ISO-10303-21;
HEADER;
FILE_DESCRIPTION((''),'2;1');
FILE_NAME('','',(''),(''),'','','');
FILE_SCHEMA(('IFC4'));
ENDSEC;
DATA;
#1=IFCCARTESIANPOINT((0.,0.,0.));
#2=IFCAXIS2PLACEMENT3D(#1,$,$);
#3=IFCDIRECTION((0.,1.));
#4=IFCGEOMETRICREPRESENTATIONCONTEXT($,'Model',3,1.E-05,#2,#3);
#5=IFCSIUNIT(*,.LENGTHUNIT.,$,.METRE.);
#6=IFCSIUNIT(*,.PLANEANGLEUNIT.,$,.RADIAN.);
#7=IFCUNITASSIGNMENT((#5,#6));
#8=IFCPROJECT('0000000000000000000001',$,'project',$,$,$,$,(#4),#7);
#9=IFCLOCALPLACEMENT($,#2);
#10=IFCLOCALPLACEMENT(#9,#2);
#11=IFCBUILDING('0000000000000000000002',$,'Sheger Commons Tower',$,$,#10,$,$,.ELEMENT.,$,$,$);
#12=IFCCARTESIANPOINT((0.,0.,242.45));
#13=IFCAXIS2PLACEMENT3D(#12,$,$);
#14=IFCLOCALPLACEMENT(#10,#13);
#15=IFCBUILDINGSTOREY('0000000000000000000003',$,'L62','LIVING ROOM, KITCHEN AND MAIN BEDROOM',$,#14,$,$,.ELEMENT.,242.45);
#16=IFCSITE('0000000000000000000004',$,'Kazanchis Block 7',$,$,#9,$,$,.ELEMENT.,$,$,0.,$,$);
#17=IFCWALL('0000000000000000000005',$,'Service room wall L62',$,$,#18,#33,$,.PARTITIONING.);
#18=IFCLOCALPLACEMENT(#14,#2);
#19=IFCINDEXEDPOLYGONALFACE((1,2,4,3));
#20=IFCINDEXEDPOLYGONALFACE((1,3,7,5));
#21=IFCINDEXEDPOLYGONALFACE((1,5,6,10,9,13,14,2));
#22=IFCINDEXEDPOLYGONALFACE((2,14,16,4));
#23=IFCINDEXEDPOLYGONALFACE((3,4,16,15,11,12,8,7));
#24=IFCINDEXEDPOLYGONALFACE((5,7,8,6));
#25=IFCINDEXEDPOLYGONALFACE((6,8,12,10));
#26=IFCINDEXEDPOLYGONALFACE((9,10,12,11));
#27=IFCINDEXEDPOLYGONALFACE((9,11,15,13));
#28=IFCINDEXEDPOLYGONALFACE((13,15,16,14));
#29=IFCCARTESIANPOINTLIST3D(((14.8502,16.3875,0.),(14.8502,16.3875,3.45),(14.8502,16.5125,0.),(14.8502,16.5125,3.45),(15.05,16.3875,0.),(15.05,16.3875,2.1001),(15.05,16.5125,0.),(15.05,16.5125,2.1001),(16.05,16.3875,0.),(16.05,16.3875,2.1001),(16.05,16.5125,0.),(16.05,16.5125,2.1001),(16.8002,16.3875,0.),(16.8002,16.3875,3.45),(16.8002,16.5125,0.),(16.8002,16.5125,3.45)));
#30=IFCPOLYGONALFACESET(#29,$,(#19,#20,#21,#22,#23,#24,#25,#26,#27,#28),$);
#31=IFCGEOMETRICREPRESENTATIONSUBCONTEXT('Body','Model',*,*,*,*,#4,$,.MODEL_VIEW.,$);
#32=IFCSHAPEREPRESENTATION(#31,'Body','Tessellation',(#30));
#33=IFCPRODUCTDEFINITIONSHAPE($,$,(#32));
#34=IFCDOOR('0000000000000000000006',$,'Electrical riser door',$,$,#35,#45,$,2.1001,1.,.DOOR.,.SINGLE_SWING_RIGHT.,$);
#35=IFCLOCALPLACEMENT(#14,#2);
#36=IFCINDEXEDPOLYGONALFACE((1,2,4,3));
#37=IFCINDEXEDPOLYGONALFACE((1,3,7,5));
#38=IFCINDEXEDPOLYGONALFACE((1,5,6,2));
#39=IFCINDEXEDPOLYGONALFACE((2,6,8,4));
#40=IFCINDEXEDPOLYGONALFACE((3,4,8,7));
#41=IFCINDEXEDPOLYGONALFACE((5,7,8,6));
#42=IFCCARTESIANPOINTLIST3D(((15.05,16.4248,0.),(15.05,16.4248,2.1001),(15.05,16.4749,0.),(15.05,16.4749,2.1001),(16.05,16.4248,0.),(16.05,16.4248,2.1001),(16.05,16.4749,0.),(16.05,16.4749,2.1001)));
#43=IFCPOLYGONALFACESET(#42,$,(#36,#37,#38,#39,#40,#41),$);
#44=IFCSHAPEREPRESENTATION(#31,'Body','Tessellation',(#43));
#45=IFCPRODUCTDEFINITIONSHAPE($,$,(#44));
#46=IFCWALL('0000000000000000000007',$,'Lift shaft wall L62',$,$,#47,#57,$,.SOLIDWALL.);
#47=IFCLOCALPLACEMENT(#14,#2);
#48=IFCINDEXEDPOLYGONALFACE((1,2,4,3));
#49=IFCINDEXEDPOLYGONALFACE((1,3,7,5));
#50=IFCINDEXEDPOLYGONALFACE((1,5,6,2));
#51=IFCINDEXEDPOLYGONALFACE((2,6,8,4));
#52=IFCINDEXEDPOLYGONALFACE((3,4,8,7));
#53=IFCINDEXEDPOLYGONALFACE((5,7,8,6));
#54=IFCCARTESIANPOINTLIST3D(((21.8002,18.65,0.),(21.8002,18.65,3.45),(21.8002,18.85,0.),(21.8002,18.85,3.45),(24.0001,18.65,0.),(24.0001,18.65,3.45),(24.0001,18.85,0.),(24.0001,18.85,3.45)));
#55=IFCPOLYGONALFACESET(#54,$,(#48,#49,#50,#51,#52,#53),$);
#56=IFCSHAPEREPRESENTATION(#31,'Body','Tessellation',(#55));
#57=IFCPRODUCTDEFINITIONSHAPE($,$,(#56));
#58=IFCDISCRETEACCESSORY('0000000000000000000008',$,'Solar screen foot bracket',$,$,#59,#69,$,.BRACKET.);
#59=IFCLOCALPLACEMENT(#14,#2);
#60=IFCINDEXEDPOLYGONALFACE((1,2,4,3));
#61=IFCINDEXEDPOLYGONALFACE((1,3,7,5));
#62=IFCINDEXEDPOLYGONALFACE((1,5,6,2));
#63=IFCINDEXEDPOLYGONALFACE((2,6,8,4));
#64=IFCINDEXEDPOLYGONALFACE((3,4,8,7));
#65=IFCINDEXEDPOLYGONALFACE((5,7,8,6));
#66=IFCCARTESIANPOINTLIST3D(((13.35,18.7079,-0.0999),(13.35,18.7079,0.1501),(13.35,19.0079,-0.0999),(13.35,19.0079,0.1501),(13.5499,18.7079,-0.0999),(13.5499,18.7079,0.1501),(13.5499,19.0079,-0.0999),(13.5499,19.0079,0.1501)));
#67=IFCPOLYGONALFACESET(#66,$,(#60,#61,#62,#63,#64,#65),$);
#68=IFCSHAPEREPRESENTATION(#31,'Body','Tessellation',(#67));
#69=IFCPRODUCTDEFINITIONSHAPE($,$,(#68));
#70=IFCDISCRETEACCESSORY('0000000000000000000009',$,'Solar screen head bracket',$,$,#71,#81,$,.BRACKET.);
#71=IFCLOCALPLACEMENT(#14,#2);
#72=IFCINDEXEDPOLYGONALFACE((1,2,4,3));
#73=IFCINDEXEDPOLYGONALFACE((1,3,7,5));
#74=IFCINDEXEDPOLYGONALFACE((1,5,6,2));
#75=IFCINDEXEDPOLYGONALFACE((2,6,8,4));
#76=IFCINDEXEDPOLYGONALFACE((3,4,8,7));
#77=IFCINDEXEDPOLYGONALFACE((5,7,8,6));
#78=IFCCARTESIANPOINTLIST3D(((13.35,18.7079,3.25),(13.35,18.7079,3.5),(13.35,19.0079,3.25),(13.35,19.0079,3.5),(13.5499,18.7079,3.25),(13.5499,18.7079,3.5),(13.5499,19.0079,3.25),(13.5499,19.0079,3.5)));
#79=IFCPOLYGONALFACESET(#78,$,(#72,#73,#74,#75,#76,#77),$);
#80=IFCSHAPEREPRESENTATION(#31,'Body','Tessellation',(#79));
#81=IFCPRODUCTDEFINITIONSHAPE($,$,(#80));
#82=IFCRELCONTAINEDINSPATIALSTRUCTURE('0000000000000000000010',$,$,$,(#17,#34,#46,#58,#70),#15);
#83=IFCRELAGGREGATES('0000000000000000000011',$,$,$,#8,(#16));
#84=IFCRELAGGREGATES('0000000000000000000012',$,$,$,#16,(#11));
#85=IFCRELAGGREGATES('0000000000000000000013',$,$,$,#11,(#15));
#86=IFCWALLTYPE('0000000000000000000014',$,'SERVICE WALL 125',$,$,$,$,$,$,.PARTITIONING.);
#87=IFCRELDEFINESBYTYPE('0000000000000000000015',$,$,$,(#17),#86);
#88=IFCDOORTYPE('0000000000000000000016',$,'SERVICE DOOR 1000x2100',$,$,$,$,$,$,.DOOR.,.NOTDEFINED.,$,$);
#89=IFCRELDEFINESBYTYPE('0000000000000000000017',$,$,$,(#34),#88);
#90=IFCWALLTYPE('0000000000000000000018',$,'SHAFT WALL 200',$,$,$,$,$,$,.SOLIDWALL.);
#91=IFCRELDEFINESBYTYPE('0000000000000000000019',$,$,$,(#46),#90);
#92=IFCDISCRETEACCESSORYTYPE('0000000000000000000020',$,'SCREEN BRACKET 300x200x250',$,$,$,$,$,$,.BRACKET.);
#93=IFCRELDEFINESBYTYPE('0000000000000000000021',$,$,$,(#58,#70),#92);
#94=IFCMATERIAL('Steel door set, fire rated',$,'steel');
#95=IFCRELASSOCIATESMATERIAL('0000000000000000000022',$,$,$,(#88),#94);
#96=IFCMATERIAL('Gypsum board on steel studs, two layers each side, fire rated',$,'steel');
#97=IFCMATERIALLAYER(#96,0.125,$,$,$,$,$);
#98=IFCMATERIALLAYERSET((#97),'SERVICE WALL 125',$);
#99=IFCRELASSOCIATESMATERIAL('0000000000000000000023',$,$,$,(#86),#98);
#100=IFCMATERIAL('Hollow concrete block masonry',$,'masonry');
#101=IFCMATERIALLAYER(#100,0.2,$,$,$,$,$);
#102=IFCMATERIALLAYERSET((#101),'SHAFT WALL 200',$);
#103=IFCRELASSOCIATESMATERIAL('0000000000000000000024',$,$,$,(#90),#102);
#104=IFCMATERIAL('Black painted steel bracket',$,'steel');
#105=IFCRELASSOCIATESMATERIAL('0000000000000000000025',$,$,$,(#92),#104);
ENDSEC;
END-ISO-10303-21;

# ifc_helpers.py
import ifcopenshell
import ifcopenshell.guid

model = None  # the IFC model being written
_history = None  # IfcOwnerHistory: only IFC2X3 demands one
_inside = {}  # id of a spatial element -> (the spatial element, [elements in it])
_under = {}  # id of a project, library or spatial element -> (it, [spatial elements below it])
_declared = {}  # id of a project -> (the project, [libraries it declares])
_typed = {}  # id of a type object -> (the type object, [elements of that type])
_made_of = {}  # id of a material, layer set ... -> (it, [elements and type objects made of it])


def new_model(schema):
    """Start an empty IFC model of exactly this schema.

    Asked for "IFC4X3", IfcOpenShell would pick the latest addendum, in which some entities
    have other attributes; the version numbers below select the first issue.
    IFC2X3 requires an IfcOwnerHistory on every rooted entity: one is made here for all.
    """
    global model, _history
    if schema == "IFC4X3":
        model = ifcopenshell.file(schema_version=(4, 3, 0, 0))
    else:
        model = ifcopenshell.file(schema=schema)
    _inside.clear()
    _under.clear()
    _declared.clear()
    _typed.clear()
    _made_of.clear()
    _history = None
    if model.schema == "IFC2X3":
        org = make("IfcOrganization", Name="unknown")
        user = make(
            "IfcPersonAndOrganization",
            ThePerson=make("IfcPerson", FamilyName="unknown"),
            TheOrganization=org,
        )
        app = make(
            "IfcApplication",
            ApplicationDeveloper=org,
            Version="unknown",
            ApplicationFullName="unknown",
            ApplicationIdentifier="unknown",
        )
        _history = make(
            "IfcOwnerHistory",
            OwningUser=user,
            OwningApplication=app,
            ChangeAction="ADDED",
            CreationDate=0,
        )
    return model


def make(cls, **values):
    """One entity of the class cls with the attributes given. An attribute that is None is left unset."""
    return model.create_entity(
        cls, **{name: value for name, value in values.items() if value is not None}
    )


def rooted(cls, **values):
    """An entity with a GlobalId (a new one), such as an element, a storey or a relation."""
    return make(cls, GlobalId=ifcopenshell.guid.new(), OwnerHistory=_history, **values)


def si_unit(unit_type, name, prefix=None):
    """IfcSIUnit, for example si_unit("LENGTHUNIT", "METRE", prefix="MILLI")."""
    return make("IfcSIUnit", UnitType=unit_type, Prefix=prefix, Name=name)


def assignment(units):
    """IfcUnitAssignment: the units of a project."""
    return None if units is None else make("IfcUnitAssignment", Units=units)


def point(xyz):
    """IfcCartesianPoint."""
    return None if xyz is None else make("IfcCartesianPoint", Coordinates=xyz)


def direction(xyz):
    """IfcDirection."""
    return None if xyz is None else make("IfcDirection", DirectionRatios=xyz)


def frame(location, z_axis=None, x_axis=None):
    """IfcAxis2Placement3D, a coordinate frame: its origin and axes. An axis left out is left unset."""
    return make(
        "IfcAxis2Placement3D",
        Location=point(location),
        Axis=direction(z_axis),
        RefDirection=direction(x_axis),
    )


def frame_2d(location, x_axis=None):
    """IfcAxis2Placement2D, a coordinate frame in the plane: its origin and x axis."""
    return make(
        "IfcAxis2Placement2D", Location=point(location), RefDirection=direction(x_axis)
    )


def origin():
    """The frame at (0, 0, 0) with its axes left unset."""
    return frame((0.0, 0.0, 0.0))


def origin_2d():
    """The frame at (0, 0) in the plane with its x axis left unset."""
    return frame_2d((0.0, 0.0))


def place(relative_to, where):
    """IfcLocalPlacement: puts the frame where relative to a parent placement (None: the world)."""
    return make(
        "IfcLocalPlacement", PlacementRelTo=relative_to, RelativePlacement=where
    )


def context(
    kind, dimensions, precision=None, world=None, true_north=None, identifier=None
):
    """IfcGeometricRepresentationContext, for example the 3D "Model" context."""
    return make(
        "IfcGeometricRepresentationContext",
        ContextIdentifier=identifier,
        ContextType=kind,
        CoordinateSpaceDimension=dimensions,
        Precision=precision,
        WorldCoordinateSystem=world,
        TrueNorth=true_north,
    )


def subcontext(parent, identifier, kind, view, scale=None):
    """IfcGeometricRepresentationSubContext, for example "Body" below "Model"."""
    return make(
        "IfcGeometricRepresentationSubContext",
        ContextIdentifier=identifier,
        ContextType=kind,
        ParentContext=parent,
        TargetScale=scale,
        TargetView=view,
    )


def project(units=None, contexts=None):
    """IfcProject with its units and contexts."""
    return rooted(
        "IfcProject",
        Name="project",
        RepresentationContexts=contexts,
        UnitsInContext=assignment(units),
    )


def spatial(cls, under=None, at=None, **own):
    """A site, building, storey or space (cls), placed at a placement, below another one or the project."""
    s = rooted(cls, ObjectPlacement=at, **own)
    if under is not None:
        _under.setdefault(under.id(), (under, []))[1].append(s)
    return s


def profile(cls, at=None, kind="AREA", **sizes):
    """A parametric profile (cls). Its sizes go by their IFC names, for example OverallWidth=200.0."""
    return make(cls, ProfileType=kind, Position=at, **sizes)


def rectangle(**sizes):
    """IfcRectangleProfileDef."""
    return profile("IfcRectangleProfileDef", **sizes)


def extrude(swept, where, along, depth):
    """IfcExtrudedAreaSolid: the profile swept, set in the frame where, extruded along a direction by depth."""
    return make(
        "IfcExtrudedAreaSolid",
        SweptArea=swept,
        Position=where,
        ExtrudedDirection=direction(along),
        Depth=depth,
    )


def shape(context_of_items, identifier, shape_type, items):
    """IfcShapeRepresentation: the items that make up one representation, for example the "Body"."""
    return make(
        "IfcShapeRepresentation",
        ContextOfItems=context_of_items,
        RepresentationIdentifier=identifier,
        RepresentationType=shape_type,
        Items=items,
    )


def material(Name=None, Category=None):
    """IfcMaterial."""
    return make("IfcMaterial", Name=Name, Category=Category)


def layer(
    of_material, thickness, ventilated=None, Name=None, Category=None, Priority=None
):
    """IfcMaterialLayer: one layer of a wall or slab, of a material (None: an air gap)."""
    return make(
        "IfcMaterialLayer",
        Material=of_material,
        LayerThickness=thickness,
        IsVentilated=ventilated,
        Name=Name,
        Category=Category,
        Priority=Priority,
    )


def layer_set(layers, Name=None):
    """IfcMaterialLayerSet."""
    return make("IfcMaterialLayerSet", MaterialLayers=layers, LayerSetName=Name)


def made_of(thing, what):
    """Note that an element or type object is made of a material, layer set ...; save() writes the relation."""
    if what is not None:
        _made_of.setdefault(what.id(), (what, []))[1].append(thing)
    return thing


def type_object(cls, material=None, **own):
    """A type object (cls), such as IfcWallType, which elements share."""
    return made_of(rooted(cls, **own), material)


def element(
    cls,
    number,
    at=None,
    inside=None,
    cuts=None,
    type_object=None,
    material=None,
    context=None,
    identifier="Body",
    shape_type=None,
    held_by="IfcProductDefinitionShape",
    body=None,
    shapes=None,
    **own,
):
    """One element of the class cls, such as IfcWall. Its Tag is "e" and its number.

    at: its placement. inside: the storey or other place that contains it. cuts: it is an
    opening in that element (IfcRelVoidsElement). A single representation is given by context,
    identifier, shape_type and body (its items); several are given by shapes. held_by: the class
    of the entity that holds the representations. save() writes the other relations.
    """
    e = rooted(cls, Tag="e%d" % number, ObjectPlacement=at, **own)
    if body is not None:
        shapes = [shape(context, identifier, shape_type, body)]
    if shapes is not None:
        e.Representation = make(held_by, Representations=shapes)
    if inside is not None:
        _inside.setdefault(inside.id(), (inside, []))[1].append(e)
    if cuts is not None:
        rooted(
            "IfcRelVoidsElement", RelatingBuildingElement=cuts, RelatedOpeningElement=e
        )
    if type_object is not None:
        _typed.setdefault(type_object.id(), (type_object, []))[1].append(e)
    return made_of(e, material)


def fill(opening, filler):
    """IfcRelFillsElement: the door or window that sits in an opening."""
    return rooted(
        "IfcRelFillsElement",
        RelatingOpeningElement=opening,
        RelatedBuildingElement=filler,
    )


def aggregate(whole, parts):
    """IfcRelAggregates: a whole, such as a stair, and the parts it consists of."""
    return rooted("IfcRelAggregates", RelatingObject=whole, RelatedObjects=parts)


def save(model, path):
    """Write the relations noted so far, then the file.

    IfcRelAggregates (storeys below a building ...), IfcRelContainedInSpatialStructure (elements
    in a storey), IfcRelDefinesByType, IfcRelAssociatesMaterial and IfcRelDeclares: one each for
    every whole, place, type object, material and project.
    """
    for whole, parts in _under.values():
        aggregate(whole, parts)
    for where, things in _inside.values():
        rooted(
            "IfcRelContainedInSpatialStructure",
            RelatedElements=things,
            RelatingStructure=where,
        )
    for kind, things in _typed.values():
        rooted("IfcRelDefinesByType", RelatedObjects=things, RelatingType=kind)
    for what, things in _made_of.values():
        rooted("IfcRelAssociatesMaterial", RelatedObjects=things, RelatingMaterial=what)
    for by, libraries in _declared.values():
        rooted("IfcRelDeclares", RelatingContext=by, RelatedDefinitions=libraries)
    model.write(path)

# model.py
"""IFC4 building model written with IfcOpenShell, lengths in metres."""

from ifc_helpers import new_model, si_unit, direction, frame, frame_2d, origin, origin_2d, place, context, subcontext, project, spatial, rectangle, extrude, material, layer, layer_set, type_object, element, fill, save


model = new_model("IFC4")

# Units and contexts
model_context = context("Model", 3, precision=1e-05, world=origin(), true_north=direction((0.0, 1.0)))
body_context = subcontext(model_context, "Body", "Model", "MODEL_VIEW")
ifc_project = project(units=[si_unit("LENGTHUNIT", "METRE"), si_unit("PLANEANGLEUNIT", "RADIAN")], contexts=[model_context])

# Site, building, storey
site_placement = place(None, origin())
site = spatial("IfcSite", under=ifc_project, at=site_placement, Name="Kazanchis Block 7", CompositionType="ELEMENT", RefElevation=0.0)
building_placement = place(site_placement, origin())
building = spatial("IfcBuilding", under=site, at=building_placement, Name="Sheger Commons Tower", CompositionType="ELEMENT")
storey_placement = place(building_placement, frame((0.0, 0.0, 242.45)))
storey = spatial("IfcBuildingStorey", under=building, at=storey_placement, Name="L62", Description="LIVING ROOM, KITCHEN AND MAIN BEDROOM", CompositionType="ELEMENT", Elevation=242.45)

# Shared definitions
ifc_material_1 = material(Name="Steel door set, fire rated", Category="steel")
door_type_1 = type_object("IfcDoorType", Name="SERVICE DOOR 1000x2100", OperationType="NOTDEFINED", PredefinedType="DOOR", material=ifc_material_1)

# Wall, opening, door
ifc_material_2 = material(Name="Gypsum board on steel studs, two layers each side, fire rated", Category="steel")
ifc_layer_1 = layer(ifc_material_2, 0.125)
ifc_layer_set_1 = layer_set([ifc_layer_1], Name="SERVICE WALL 125")
wall_type_1 = type_object("IfcWallType", Name="SERVICE WALL 125", PredefinedType="PARTITIONING", material=ifc_layer_set_1)
wall_1_placement = place(storey_placement, frame((14.8501, 16.45, 0.0), z_axis=(0.0, 0.0, 1.0), x_axis=(1.0, 0.0, 0.0)))
wall_1 = element("IfcWall", 1, at=wall_1_placement, inside=storey, type_object=wall_type_1, Name="Service room wall L62", PredefinedType="PARTITIONING", context=body_context, shape_type="SweptSolid", body=[
    extrude(rectangle(XDim=1.95, YDim=0.125, at=frame_2d((0.9751, 0.0))), origin(), (0.0, 0.0, 1.0), 3.45),
])
opening_1_placement = place(wall_1_placement, frame((0.2, 0.0, 0.0)))
opening_1 = element("IfcOpeningElement", 2, at=opening_1_placement, cuts=wall_1, PredefinedType="OPENING", context=body_context, shape_type="SweptSolid", body=[
    extrude(rectangle(XDim=1.0, YDim=2.1001, at=frame_2d((0.5, 1.05))), frame((0.0, 0.0725, 0.0), z_axis=(0.0, -1.0, 0.0), x_axis=(1.0, 0.0, 0.0)), (0.0, 0.0, 1.0), 0.145),
])
door_1_placement = place(opening_1_placement, origin())
door_1 = element("IfcDoor", 3, at=door_1_placement, inside=storey, type_object=door_type_1, Name="Electrical riser door", OperationType="SINGLE_SWING_RIGHT", OverallHeight=2.1001, OverallWidth=1.0, PredefinedType="DOOR", context=body_context, shape_type="SweptSolid", body=[
    extrude(rectangle(XDim=1.0, YDim=2.1001, at=frame_2d((0.5, 1.05))), frame((0.0, 0.0249, 0.0), z_axis=(0.0, -1.0, 0.0), x_axis=(1.0, 0.0, 0.0)), (0.0, 0.0, 1.0), 0.05),
])
fill(opening_1, door_1)

# Wall
ifc_material_3 = material(Name="Hollow concrete block masonry", Category="masonry")
ifc_layer_2 = layer(ifc_material_3, 0.2)
ifc_layer_set_2 = layer_set([ifc_layer_2], Name="SHAFT WALL 200")
wall_type_2 = type_object("IfcWallType", Name="SHAFT WALL 200", PredefinedType="SOLIDWALL", material=ifc_layer_set_2)
wall_2_placement = place(storey_placement, frame((21.8, 18.75, 0.0), z_axis=(0.0, 0.0, 1.0), x_axis=(1.0, 0.0, 0.0)))
element("IfcWall", 4, at=wall_2_placement, inside=storey, type_object=wall_type_2, Name="Lift shaft wall L62", PredefinedType="SOLIDWALL", context=body_context, shape_type="SweptSolid", body=[
    extrude(rectangle(XDim=2.2, YDim=0.2, at=frame_2d((1.1001, 0.0))), origin(), (0.0, 0.0, 1.0), 3.45),
])

# Discrete accessories
ifc_material_4 = material(Name="Black painted steel bracket", Category="steel")
discrete_accessory_type = type_object("IfcDiscreteAccessoryType", Name="SCREEN BRACKET 300x200x250", PredefinedType="BRACKET", material=ifc_material_4)
for number, where, z_axis, x_axis, name in (
    (5, (13.45, 18.8579, -0.0999), (0.0, 0.0, 1.0), (0.0, -1.0, 0.0), "Solar screen foot bracket"),
    (6, (13.45, 18.8579, 3.25), (0.0, 0.0, 1.0), (0.0, -1.0, 0.0), "Solar screen head bracket"),
):
    element("IfcDiscreteAccessory", number, at=place(storey_placement, frame(where, z_axis=z_axis, x_axis=x_axis)), inside=storey, type_object=discrete_accessory_type, Name=name, PredefinedType="BRACKET", context=body_context, shape_type="SweptSolid", body=[
        extrude(rectangle(XDim=0.3, YDim=0.2, at=origin_2d()), origin(), (0.0, 0.0, 1.0), 0.25),
    ])

save(model, "model.ifc")
